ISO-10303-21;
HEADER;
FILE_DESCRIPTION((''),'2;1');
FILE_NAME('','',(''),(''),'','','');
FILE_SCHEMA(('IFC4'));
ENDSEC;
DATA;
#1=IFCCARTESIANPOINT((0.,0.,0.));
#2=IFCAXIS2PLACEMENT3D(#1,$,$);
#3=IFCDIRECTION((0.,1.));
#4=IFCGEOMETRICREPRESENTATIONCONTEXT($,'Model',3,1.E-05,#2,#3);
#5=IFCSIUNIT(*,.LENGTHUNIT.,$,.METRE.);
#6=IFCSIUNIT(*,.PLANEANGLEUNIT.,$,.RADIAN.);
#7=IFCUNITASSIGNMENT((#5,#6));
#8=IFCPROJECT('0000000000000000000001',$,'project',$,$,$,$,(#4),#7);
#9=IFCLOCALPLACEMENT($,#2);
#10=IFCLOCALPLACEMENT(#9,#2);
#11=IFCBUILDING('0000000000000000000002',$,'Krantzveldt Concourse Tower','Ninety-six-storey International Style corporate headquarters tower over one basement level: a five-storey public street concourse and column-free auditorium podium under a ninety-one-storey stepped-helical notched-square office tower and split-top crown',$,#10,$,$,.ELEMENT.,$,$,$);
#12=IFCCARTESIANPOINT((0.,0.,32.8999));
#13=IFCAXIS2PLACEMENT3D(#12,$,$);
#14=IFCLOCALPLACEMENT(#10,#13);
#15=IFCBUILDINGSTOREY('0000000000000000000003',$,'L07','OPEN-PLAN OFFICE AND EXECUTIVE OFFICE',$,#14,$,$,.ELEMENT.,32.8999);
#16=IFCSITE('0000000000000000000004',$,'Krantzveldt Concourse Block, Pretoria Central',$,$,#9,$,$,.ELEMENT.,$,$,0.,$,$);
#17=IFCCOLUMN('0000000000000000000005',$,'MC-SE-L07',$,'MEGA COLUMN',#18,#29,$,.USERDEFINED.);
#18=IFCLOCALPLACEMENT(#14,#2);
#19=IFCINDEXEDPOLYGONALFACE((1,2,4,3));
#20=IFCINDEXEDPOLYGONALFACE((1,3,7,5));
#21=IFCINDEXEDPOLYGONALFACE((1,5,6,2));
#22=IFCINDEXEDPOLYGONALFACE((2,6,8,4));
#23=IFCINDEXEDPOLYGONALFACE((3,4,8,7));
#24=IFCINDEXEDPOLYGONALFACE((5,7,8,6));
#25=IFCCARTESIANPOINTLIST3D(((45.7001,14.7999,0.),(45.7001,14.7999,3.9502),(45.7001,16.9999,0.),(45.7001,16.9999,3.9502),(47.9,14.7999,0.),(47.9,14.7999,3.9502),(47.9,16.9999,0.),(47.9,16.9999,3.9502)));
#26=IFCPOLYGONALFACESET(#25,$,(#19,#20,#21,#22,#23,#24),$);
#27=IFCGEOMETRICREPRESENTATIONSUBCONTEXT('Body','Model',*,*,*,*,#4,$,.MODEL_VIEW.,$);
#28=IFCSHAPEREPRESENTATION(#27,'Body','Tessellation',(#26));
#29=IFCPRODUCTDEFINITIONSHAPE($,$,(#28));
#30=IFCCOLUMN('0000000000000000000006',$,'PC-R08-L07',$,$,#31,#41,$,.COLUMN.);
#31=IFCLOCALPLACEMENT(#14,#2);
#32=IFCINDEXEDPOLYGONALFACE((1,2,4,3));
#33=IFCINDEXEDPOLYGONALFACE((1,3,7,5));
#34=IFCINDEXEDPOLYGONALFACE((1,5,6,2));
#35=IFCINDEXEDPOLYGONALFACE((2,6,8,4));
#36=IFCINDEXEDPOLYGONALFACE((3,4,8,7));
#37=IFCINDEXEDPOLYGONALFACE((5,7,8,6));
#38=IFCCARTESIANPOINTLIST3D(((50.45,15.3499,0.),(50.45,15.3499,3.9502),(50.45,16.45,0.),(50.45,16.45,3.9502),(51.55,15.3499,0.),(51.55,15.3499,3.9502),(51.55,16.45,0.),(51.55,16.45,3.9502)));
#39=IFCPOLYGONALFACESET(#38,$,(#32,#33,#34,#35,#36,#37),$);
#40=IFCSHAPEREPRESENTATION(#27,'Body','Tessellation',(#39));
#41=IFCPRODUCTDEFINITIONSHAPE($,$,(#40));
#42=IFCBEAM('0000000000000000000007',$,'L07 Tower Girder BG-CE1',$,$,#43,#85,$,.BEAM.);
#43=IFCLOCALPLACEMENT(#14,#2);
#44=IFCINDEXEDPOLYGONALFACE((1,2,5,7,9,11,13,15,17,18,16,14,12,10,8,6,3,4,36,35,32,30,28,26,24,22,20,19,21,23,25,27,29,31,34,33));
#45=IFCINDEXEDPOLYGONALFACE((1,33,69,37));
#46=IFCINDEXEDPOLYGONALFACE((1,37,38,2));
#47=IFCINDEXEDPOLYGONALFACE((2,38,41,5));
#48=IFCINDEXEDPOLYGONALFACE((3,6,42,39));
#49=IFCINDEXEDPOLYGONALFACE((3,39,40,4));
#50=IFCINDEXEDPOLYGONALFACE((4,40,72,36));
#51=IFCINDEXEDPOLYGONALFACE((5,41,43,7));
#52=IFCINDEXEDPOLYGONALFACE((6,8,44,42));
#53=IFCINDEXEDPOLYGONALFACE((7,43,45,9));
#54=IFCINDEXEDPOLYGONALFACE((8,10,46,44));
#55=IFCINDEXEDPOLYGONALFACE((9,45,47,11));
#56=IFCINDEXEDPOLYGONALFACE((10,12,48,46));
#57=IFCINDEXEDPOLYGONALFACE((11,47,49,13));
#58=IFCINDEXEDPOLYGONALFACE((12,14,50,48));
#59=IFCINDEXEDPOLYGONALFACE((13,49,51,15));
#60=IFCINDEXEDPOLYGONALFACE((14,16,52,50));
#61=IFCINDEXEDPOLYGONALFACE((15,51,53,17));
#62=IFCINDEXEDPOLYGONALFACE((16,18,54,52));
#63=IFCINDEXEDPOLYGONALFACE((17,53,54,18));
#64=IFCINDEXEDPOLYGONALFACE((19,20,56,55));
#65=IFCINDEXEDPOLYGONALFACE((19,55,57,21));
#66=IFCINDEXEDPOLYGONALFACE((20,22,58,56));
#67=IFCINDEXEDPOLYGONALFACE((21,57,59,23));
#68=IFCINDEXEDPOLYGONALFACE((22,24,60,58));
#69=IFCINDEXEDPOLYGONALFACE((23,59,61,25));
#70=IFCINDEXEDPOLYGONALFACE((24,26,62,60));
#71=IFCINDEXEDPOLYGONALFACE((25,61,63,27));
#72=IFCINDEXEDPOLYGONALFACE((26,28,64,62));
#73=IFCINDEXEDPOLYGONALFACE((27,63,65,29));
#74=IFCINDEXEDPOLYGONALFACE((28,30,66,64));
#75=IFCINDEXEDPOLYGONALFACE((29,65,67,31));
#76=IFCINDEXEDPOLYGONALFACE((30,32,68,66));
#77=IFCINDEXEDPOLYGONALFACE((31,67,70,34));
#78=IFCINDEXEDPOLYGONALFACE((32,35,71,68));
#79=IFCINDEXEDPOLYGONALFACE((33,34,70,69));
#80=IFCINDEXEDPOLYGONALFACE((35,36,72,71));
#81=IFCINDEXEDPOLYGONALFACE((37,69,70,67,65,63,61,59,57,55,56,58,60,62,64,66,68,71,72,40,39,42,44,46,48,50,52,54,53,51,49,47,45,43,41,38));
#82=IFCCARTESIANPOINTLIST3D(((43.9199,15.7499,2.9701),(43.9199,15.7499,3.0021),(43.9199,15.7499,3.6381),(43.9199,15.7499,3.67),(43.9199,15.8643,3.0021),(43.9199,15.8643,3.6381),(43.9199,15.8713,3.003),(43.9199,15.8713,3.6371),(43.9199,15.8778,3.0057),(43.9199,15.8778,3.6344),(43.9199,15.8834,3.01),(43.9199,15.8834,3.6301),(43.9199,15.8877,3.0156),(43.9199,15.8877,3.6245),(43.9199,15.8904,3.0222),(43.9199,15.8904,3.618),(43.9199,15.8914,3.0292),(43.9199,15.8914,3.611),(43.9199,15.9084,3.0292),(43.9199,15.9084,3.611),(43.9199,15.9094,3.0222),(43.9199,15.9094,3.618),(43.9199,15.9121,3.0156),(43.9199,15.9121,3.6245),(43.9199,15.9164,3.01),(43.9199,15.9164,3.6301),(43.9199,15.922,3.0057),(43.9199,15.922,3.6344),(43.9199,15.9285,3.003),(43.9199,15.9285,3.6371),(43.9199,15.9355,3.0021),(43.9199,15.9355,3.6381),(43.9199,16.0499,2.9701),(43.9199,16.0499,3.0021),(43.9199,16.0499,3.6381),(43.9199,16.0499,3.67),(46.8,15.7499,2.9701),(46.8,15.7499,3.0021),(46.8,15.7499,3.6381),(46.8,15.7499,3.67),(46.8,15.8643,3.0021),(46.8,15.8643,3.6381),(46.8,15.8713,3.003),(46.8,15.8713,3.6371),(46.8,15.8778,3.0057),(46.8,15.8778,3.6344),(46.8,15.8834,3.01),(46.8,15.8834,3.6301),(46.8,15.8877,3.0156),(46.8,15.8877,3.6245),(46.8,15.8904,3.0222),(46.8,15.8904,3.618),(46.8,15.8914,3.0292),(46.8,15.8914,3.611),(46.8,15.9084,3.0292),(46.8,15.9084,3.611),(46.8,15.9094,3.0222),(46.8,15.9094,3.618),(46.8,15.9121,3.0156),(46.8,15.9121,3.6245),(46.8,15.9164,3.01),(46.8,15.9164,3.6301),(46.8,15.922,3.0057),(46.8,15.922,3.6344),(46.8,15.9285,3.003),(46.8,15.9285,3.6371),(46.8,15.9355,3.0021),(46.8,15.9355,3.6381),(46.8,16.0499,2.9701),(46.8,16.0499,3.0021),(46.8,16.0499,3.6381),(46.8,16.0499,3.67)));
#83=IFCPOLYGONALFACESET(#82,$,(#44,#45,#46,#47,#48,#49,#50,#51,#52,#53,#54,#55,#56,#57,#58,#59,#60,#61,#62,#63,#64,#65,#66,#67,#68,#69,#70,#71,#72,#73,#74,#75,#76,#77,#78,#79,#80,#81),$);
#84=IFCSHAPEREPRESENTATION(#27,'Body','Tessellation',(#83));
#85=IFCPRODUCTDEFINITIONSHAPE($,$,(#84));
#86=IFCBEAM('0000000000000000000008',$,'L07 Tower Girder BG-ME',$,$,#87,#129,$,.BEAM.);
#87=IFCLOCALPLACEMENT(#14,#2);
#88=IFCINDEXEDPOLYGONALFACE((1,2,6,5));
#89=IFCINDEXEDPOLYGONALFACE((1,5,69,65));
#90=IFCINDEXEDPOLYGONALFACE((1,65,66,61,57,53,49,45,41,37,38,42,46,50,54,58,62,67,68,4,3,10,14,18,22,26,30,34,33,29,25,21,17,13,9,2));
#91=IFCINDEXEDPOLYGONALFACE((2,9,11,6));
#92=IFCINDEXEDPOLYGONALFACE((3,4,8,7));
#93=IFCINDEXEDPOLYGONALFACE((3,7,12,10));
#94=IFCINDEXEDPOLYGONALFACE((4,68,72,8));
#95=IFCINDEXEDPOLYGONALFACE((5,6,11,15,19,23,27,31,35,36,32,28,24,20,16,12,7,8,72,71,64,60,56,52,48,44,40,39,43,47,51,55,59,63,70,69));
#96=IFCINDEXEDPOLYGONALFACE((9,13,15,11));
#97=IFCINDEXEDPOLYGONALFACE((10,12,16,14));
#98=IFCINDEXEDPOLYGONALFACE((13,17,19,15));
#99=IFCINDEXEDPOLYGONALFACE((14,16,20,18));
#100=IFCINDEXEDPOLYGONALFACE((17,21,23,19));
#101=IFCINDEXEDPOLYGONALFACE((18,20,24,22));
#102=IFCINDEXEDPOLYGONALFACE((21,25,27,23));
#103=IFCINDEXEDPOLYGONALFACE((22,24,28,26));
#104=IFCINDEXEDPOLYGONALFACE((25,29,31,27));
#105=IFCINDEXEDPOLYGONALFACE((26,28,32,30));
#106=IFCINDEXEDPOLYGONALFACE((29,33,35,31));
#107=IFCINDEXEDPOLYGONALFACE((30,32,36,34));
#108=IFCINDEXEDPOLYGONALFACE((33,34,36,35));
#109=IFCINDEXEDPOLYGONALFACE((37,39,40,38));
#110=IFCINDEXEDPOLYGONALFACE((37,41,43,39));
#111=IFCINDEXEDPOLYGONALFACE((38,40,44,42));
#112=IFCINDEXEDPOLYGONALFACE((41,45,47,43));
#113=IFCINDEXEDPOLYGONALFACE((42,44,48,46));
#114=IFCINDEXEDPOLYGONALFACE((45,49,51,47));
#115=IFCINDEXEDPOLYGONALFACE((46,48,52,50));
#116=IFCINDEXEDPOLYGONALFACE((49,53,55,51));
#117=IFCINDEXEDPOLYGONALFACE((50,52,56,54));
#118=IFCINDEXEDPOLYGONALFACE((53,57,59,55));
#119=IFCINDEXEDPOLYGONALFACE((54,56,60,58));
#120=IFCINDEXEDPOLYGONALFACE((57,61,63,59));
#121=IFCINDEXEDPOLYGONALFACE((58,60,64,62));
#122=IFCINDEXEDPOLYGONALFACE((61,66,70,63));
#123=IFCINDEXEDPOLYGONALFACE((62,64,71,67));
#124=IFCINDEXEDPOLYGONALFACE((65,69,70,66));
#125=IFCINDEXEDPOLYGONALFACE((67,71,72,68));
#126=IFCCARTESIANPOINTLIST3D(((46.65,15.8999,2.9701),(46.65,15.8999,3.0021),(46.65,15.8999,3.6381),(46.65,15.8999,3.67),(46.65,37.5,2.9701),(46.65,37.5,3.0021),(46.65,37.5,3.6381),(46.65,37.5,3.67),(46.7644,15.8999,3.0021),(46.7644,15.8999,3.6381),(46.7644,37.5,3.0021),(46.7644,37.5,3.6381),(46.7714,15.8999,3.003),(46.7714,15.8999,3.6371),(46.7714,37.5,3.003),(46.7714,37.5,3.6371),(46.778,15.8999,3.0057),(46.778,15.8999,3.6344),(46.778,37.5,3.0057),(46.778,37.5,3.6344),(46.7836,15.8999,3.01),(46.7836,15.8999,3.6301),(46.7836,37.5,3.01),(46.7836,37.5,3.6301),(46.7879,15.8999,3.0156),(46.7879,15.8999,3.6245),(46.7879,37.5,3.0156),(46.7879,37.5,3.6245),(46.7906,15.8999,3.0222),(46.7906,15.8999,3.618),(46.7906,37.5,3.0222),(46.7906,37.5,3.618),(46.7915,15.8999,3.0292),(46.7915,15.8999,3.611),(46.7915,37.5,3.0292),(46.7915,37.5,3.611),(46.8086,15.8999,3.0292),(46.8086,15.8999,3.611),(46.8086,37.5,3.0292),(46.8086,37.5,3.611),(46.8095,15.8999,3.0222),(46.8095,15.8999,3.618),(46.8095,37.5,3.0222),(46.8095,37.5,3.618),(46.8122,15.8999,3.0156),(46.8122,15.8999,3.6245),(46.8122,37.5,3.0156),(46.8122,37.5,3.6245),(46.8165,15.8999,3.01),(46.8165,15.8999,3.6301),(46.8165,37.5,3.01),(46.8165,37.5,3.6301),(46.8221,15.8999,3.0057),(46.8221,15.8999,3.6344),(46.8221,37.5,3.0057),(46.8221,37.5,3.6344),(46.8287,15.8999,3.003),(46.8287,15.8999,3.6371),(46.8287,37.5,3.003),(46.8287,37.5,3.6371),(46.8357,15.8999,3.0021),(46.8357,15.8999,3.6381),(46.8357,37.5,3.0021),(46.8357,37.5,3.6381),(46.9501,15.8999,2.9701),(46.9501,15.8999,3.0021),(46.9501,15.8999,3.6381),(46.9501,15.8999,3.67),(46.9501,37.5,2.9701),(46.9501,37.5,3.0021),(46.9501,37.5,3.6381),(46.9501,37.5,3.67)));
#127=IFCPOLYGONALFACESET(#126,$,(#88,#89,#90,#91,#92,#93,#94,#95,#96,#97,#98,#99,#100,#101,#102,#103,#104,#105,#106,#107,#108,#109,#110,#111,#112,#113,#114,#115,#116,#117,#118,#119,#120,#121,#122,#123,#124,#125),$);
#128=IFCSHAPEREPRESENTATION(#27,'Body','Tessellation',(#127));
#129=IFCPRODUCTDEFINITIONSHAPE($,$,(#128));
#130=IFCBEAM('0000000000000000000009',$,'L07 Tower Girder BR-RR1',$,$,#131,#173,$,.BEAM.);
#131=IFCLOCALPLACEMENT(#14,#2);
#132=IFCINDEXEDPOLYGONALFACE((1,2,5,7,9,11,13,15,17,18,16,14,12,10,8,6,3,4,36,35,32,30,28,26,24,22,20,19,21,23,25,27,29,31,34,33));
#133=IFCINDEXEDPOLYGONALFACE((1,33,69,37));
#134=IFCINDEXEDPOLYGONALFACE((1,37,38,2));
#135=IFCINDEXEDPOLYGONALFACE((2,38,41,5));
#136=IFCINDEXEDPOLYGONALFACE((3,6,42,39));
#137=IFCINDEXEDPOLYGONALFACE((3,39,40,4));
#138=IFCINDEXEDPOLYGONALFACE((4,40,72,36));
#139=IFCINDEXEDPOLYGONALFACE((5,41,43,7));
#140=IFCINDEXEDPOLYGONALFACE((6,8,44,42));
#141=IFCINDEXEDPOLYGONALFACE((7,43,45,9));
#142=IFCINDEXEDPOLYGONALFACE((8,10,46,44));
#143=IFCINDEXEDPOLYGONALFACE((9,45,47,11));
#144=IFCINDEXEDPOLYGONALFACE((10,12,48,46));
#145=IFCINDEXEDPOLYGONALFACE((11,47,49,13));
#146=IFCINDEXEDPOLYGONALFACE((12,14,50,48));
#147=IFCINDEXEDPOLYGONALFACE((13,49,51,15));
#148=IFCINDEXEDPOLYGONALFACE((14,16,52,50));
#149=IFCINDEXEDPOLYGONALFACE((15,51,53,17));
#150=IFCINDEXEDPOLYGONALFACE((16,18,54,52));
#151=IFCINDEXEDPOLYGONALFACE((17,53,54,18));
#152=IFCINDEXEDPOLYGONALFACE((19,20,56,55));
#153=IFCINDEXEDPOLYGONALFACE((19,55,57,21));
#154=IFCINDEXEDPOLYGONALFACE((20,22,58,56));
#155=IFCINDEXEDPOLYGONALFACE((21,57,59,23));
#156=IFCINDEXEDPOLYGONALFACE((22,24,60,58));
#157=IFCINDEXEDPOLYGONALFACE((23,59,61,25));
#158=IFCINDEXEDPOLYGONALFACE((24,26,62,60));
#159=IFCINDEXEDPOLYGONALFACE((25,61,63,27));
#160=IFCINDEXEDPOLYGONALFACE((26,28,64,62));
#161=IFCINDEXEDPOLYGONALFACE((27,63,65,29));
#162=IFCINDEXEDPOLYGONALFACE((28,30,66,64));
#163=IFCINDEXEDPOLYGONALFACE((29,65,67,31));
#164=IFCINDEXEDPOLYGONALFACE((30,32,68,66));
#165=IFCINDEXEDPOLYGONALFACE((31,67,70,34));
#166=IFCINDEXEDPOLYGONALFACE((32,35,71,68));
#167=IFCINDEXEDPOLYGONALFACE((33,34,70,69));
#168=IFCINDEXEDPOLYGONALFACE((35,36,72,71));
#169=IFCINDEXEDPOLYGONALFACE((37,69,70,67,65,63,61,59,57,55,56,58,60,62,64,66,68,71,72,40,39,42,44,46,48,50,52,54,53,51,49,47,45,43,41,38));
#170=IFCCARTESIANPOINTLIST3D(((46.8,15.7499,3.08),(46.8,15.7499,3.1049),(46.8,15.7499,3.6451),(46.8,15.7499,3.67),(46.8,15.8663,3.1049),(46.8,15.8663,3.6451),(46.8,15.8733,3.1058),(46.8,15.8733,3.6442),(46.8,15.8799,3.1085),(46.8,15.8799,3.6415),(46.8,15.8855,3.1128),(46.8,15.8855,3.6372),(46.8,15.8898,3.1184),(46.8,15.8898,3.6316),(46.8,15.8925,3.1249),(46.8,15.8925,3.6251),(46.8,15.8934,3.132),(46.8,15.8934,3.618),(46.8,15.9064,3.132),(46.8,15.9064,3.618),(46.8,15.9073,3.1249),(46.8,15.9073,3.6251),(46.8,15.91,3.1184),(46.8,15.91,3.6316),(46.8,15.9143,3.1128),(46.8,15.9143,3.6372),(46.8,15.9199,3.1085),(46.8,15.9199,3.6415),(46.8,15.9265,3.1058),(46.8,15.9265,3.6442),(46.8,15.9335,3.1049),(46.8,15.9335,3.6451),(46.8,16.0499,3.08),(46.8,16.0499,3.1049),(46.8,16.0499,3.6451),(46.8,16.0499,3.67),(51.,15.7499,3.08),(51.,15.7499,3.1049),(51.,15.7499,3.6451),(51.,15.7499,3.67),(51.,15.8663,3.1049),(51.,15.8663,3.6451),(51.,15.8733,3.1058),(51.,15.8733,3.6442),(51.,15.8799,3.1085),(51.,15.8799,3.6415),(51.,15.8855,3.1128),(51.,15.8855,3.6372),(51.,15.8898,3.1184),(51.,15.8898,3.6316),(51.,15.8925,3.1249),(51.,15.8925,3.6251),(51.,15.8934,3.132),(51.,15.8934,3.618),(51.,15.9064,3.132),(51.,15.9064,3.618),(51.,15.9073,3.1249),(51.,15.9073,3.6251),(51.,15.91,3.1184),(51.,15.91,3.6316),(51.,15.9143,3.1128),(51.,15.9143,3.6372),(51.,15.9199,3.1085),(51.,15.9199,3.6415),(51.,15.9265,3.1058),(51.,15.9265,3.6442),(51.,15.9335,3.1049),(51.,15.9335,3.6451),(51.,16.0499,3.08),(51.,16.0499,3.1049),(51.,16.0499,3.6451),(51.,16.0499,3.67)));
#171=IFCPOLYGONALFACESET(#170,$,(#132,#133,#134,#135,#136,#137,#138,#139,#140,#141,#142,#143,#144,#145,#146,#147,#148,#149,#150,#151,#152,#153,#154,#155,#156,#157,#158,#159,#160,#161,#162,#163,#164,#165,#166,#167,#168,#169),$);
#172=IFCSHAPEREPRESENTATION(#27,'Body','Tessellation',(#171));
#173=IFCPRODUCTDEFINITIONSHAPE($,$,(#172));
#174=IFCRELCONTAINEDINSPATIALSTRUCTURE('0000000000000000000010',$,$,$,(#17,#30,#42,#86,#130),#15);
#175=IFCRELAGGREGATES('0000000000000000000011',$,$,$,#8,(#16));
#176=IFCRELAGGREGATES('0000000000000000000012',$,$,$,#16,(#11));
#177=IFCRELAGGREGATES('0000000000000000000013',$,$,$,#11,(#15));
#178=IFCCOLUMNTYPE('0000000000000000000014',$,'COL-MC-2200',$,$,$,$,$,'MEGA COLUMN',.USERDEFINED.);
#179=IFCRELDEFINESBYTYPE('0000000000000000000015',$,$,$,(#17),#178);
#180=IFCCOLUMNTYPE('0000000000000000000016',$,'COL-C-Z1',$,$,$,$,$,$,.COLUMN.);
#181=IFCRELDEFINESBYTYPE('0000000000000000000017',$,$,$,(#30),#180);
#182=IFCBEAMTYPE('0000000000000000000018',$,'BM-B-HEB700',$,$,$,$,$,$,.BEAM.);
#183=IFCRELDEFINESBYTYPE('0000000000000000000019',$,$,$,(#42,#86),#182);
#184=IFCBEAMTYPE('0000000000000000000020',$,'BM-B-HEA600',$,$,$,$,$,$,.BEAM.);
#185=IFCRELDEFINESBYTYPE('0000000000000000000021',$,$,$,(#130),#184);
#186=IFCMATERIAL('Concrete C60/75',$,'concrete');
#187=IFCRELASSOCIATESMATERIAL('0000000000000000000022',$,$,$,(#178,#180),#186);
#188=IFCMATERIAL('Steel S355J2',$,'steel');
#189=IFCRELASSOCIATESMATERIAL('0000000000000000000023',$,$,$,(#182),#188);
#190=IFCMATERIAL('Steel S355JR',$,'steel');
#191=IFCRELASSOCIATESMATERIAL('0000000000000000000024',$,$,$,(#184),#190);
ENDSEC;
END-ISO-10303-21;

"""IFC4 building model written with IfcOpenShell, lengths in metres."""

from ifc_helpers import new_model, si_unit, direction, frame, origin, origin_2d, place, context, subcontext, project, spatial, rectangle, i_section, extrude, source, transform, mapped, material, material_profile, profile_set, type_object, type_shapes, element, save


model = new_model("IFC4")

# Units and contexts
model_context = context("Model", 3, precision=1e-05, world=origin(), true_north=direction((0.0, 1.0)))
body_context = subcontext(model_context, "Body", "Model", "MODEL_VIEW")
ifc_project = project(units=[si_unit("LENGTHUNIT", "METRE"), si_unit("PLANEANGLEUNIT", "RADIAN")], contexts=[model_context])

# Site, building, storey
site_placement = place(None, origin())
site = spatial("IfcSite", under=ifc_project, at=site_placement, Name="Krantzveldt Concourse Block, Pretoria Central", CompositionType="ELEMENT", RefElevation=0.0)
building_placement = place(site_placement, origin())
building = spatial("IfcBuilding", under=site, at=building_placement, Name="Krantzveldt Concourse Tower", Description="Ninety-six-storey International Style corporate headquarters tower over one basement level: a five-storey public street concourse and column-free auditorium podium under a ninety-one-storey stepped-helical notched-square office tower and split-top crown", CompositionType="ELEMENT")
storey_placement = place(building_placement, frame((0.0, 0.0, 32.8999)))
storey = spatial("IfcBuildingStorey", under=building, at=storey_placement, Name="L07", Description="OPEN-PLAN OFFICE AND EXECUTIVE OFFICE", CompositionType="ELEMENT", Elevation=32.8999)

# Columns
ifc_material_1 = material(Name="Concrete C60/75", Category="concrete")
ifc_material_profile_1 = material_profile(ifc_material_1, rectangle(XDim=2.2, YDim=2.2, at=origin_2d()), Name="Concrete C60/75", Category="concrete")
ifc_profile_set_1 = profile_set([ifc_material_profile_1], Name="Concrete C60/75 - RC 2200x2200")
column_type_1 = type_object("IfcColumnType", Name="COL-MC-2200", ElementType="MEGA COLUMN", PredefinedType="USERDEFINED", material=ifc_profile_set_1)
shared_shape_1 = source(origin(), body_context, "Body", "SweptSolid", [
    extrude(rectangle(XDim=2.2, YDim=2.2, at=origin_2d()), origin(), (0.0, 0.0, 1.0), 3.9502),
])
type_shapes(column_type_1, [shared_shape_1])
column_1_placement = place(storey_placement, frame((46.8, 15.8999, 0.0), z_axis=(0.0, 0.0, 1.0), x_axis=(1.0, 0.0, 0.0)))
element("IfcColumn", 1, at=column_1_placement, inside=storey, type_object=column_type_1, Name="MC-SE-L07", ObjectType="MEGA COLUMN", PredefinedType="USERDEFINED", context=body_context, shape_type="MappedRepresentation", body=[
    mapped(shared_shape_1, transform((0.0, 0.0, 0.0), x_axis=(1.0, 0.0, 0.0), y_axis=(0.0, 1.0, 0.0), z_axis=(0.0, 0.0, 1.0), scale=1.0)),
])
ifc_material_profile_2 = material_profile(ifc_material_1, rectangle(XDim=1.1001, YDim=1.1001, at=origin_2d()), Name="Concrete C60/75", Category="concrete")
ifc_profile_set_2 = profile_set([ifc_material_profile_2], Name="Concrete C60/75 - RC 1100x1100")
column_type_2 = type_object("IfcColumnType", Name="COL-C-Z1", PredefinedType="COLUMN", material=ifc_profile_set_2)
shared_shape_2 = source(origin(), body_context, "Body", "SweptSolid", [
    extrude(rectangle(XDim=1.1001, YDim=1.1001, at=origin_2d()), origin(), (0.0, 0.0, 1.0), 3.9502),
])
type_shapes(column_type_2, [shared_shape_2])
column_2_placement = place(storey_placement, frame((51.0, 15.8999, 0.0), z_axis=(0.0, 0.0, 1.0), x_axis=(1.0, 0.0, 0.0)))
element("IfcColumn", 2, at=column_2_placement, inside=storey, type_object=column_type_2, Name="PC-R08-L07", PredefinedType="COLUMN", context=body_context, shape_type="MappedRepresentation", body=[
    mapped(shared_shape_2, transform((0.0, 0.0, 0.0), x_axis=(1.0, 0.0, 0.0), y_axis=(0.0, 1.0, 0.0), z_axis=(0.0, 0.0, 1.0), scale=1.0)),
])

# Beams
ifc_material_2 = material(Name="Steel S355J2", Category="steel")
ifc_material_profile_3 = material_profile(ifc_material_2, i_section(OverallWidth=0.3, OverallDepth=0.7, WebThickness=0.0171, FlangeThickness=0.032, FilletRadius=0.0271, at=origin_2d()), Name="Steel S355J2", Category="steel")
ifc_profile_set_3 = profile_set([ifc_material_profile_3], Name="Steel S355J2 - HEB 700")
beam_type_1 = type_object("IfcBeamType", Name="BM-B-HEB700", PredefinedType="BEAM", material=ifc_profile_set_3)
shared_shape_3 = source(origin(), body_context, "Body", "SweptSolid", [
    extrude(i_section(OverallWidth=0.3, OverallDepth=0.7, WebThickness=0.0171, FlangeThickness=0.032, FilletRadius=0.0271, at=origin_2d()), origin(), (0.0, 0.0, 1.0), 2.8801),
])
beam_1_placement = place(storey_placement, frame((43.9199, 15.8999, 3.3201), z_axis=(1.0, 0.0, 0.0), x_axis=(0.0, 1.0, 0.0)))
element("IfcBeam", 3, at=beam_1_placement, inside=storey, type_object=beam_type_1, Name="L07 Tower Girder BG-CE1", PredefinedType="BEAM", context=body_context, shape_type="MappedRepresentation", body=[
    mapped(shared_shape_3, transform((0.0, 0.0, 0.0), x_axis=(1.0, 0.0, 0.0), y_axis=(0.0, 1.0, 0.0), z_axis=(0.0, 0.0, 1.0), scale=1.0)),
])
shared_shape_4 = source(origin(), body_context, "Body", "SweptSolid", [
    extrude(i_section(OverallWidth=0.3, OverallDepth=0.7, WebThickness=0.0171, FlangeThickness=0.032, FilletRadius=0.0271, at=origin_2d()), origin(), (0.0, 0.0, 1.0), 21.6001),
])
type_shapes(beam_type_1, [shared_shape_3, shared_shape_4])
beam_2_placement = place(storey_placement, frame((46.8, 15.8999, 3.3201), z_axis=(0.0, 1.0, 0.0), x_axis=(-1.0, 0.0, 0.0)))
element("IfcBeam", 4, at=beam_2_placement, inside=storey, type_object=beam_type_1, Name="L07 Tower Girder BG-ME", PredefinedType="BEAM", context=body_context, shape_type="MappedRepresentation", body=[
    mapped(shared_shape_4, transform((0.0, 0.0, 0.0), x_axis=(1.0, 0.0, 0.0), y_axis=(0.0, 1.0, 0.0), z_axis=(0.0, 0.0, 1.0), scale=1.0)),
])
ifc_material_3 = material(Name="Steel S355JR", Category="steel")
ifc_material_profile_4 = material_profile(ifc_material_3, i_section(OverallWidth=0.3, OverallDepth=0.5901, WebThickness=0.0129, FlangeThickness=0.0249, FilletRadius=0.0271, at=origin_2d()), Name="Steel S355JR", Category="steel")
ifc_profile_set_4 = profile_set([ifc_material_profile_4], Name="Steel S355JR - HEA 600")
beam_type_2 = type_object("IfcBeamType", Name="BM-B-HEA600", PredefinedType="BEAM", material=ifc_profile_set_4)
shared_shape_5 = source(origin(), body_context, "Body", "SweptSolid", [
    extrude(i_section(OverallWidth=0.3, OverallDepth=0.5901, WebThickness=0.0129, FlangeThickness=0.0249, FilletRadius=0.0271, at=origin_2d()), origin(), (0.0, 0.0, 1.0), 4.2),
])
beam_3_placement = place(storey_placement, frame((46.8, 15.8999, 3.375), z_axis=(1.0, 0.0, 0.0), x_axis=(0.0, 1.0, 0.0)))
element("IfcBeam", 5, at=beam_3_placement, inside=storey, type_object=beam_type_2, Name="L07 Tower Girder BR-RR1", PredefinedType="BEAM", context=body_context, shape_type="MappedRepresentation", body=[
    mapped(shared_shape_5, transform((0.0, 0.0, 0.0), x_axis=(1.0, 0.0, 0.0), y_axis=(0.0, 1.0, 0.0), z_axis=(0.0, 0.0, 1.0), scale=1.0)),
])

save(model, "model.ifc")
